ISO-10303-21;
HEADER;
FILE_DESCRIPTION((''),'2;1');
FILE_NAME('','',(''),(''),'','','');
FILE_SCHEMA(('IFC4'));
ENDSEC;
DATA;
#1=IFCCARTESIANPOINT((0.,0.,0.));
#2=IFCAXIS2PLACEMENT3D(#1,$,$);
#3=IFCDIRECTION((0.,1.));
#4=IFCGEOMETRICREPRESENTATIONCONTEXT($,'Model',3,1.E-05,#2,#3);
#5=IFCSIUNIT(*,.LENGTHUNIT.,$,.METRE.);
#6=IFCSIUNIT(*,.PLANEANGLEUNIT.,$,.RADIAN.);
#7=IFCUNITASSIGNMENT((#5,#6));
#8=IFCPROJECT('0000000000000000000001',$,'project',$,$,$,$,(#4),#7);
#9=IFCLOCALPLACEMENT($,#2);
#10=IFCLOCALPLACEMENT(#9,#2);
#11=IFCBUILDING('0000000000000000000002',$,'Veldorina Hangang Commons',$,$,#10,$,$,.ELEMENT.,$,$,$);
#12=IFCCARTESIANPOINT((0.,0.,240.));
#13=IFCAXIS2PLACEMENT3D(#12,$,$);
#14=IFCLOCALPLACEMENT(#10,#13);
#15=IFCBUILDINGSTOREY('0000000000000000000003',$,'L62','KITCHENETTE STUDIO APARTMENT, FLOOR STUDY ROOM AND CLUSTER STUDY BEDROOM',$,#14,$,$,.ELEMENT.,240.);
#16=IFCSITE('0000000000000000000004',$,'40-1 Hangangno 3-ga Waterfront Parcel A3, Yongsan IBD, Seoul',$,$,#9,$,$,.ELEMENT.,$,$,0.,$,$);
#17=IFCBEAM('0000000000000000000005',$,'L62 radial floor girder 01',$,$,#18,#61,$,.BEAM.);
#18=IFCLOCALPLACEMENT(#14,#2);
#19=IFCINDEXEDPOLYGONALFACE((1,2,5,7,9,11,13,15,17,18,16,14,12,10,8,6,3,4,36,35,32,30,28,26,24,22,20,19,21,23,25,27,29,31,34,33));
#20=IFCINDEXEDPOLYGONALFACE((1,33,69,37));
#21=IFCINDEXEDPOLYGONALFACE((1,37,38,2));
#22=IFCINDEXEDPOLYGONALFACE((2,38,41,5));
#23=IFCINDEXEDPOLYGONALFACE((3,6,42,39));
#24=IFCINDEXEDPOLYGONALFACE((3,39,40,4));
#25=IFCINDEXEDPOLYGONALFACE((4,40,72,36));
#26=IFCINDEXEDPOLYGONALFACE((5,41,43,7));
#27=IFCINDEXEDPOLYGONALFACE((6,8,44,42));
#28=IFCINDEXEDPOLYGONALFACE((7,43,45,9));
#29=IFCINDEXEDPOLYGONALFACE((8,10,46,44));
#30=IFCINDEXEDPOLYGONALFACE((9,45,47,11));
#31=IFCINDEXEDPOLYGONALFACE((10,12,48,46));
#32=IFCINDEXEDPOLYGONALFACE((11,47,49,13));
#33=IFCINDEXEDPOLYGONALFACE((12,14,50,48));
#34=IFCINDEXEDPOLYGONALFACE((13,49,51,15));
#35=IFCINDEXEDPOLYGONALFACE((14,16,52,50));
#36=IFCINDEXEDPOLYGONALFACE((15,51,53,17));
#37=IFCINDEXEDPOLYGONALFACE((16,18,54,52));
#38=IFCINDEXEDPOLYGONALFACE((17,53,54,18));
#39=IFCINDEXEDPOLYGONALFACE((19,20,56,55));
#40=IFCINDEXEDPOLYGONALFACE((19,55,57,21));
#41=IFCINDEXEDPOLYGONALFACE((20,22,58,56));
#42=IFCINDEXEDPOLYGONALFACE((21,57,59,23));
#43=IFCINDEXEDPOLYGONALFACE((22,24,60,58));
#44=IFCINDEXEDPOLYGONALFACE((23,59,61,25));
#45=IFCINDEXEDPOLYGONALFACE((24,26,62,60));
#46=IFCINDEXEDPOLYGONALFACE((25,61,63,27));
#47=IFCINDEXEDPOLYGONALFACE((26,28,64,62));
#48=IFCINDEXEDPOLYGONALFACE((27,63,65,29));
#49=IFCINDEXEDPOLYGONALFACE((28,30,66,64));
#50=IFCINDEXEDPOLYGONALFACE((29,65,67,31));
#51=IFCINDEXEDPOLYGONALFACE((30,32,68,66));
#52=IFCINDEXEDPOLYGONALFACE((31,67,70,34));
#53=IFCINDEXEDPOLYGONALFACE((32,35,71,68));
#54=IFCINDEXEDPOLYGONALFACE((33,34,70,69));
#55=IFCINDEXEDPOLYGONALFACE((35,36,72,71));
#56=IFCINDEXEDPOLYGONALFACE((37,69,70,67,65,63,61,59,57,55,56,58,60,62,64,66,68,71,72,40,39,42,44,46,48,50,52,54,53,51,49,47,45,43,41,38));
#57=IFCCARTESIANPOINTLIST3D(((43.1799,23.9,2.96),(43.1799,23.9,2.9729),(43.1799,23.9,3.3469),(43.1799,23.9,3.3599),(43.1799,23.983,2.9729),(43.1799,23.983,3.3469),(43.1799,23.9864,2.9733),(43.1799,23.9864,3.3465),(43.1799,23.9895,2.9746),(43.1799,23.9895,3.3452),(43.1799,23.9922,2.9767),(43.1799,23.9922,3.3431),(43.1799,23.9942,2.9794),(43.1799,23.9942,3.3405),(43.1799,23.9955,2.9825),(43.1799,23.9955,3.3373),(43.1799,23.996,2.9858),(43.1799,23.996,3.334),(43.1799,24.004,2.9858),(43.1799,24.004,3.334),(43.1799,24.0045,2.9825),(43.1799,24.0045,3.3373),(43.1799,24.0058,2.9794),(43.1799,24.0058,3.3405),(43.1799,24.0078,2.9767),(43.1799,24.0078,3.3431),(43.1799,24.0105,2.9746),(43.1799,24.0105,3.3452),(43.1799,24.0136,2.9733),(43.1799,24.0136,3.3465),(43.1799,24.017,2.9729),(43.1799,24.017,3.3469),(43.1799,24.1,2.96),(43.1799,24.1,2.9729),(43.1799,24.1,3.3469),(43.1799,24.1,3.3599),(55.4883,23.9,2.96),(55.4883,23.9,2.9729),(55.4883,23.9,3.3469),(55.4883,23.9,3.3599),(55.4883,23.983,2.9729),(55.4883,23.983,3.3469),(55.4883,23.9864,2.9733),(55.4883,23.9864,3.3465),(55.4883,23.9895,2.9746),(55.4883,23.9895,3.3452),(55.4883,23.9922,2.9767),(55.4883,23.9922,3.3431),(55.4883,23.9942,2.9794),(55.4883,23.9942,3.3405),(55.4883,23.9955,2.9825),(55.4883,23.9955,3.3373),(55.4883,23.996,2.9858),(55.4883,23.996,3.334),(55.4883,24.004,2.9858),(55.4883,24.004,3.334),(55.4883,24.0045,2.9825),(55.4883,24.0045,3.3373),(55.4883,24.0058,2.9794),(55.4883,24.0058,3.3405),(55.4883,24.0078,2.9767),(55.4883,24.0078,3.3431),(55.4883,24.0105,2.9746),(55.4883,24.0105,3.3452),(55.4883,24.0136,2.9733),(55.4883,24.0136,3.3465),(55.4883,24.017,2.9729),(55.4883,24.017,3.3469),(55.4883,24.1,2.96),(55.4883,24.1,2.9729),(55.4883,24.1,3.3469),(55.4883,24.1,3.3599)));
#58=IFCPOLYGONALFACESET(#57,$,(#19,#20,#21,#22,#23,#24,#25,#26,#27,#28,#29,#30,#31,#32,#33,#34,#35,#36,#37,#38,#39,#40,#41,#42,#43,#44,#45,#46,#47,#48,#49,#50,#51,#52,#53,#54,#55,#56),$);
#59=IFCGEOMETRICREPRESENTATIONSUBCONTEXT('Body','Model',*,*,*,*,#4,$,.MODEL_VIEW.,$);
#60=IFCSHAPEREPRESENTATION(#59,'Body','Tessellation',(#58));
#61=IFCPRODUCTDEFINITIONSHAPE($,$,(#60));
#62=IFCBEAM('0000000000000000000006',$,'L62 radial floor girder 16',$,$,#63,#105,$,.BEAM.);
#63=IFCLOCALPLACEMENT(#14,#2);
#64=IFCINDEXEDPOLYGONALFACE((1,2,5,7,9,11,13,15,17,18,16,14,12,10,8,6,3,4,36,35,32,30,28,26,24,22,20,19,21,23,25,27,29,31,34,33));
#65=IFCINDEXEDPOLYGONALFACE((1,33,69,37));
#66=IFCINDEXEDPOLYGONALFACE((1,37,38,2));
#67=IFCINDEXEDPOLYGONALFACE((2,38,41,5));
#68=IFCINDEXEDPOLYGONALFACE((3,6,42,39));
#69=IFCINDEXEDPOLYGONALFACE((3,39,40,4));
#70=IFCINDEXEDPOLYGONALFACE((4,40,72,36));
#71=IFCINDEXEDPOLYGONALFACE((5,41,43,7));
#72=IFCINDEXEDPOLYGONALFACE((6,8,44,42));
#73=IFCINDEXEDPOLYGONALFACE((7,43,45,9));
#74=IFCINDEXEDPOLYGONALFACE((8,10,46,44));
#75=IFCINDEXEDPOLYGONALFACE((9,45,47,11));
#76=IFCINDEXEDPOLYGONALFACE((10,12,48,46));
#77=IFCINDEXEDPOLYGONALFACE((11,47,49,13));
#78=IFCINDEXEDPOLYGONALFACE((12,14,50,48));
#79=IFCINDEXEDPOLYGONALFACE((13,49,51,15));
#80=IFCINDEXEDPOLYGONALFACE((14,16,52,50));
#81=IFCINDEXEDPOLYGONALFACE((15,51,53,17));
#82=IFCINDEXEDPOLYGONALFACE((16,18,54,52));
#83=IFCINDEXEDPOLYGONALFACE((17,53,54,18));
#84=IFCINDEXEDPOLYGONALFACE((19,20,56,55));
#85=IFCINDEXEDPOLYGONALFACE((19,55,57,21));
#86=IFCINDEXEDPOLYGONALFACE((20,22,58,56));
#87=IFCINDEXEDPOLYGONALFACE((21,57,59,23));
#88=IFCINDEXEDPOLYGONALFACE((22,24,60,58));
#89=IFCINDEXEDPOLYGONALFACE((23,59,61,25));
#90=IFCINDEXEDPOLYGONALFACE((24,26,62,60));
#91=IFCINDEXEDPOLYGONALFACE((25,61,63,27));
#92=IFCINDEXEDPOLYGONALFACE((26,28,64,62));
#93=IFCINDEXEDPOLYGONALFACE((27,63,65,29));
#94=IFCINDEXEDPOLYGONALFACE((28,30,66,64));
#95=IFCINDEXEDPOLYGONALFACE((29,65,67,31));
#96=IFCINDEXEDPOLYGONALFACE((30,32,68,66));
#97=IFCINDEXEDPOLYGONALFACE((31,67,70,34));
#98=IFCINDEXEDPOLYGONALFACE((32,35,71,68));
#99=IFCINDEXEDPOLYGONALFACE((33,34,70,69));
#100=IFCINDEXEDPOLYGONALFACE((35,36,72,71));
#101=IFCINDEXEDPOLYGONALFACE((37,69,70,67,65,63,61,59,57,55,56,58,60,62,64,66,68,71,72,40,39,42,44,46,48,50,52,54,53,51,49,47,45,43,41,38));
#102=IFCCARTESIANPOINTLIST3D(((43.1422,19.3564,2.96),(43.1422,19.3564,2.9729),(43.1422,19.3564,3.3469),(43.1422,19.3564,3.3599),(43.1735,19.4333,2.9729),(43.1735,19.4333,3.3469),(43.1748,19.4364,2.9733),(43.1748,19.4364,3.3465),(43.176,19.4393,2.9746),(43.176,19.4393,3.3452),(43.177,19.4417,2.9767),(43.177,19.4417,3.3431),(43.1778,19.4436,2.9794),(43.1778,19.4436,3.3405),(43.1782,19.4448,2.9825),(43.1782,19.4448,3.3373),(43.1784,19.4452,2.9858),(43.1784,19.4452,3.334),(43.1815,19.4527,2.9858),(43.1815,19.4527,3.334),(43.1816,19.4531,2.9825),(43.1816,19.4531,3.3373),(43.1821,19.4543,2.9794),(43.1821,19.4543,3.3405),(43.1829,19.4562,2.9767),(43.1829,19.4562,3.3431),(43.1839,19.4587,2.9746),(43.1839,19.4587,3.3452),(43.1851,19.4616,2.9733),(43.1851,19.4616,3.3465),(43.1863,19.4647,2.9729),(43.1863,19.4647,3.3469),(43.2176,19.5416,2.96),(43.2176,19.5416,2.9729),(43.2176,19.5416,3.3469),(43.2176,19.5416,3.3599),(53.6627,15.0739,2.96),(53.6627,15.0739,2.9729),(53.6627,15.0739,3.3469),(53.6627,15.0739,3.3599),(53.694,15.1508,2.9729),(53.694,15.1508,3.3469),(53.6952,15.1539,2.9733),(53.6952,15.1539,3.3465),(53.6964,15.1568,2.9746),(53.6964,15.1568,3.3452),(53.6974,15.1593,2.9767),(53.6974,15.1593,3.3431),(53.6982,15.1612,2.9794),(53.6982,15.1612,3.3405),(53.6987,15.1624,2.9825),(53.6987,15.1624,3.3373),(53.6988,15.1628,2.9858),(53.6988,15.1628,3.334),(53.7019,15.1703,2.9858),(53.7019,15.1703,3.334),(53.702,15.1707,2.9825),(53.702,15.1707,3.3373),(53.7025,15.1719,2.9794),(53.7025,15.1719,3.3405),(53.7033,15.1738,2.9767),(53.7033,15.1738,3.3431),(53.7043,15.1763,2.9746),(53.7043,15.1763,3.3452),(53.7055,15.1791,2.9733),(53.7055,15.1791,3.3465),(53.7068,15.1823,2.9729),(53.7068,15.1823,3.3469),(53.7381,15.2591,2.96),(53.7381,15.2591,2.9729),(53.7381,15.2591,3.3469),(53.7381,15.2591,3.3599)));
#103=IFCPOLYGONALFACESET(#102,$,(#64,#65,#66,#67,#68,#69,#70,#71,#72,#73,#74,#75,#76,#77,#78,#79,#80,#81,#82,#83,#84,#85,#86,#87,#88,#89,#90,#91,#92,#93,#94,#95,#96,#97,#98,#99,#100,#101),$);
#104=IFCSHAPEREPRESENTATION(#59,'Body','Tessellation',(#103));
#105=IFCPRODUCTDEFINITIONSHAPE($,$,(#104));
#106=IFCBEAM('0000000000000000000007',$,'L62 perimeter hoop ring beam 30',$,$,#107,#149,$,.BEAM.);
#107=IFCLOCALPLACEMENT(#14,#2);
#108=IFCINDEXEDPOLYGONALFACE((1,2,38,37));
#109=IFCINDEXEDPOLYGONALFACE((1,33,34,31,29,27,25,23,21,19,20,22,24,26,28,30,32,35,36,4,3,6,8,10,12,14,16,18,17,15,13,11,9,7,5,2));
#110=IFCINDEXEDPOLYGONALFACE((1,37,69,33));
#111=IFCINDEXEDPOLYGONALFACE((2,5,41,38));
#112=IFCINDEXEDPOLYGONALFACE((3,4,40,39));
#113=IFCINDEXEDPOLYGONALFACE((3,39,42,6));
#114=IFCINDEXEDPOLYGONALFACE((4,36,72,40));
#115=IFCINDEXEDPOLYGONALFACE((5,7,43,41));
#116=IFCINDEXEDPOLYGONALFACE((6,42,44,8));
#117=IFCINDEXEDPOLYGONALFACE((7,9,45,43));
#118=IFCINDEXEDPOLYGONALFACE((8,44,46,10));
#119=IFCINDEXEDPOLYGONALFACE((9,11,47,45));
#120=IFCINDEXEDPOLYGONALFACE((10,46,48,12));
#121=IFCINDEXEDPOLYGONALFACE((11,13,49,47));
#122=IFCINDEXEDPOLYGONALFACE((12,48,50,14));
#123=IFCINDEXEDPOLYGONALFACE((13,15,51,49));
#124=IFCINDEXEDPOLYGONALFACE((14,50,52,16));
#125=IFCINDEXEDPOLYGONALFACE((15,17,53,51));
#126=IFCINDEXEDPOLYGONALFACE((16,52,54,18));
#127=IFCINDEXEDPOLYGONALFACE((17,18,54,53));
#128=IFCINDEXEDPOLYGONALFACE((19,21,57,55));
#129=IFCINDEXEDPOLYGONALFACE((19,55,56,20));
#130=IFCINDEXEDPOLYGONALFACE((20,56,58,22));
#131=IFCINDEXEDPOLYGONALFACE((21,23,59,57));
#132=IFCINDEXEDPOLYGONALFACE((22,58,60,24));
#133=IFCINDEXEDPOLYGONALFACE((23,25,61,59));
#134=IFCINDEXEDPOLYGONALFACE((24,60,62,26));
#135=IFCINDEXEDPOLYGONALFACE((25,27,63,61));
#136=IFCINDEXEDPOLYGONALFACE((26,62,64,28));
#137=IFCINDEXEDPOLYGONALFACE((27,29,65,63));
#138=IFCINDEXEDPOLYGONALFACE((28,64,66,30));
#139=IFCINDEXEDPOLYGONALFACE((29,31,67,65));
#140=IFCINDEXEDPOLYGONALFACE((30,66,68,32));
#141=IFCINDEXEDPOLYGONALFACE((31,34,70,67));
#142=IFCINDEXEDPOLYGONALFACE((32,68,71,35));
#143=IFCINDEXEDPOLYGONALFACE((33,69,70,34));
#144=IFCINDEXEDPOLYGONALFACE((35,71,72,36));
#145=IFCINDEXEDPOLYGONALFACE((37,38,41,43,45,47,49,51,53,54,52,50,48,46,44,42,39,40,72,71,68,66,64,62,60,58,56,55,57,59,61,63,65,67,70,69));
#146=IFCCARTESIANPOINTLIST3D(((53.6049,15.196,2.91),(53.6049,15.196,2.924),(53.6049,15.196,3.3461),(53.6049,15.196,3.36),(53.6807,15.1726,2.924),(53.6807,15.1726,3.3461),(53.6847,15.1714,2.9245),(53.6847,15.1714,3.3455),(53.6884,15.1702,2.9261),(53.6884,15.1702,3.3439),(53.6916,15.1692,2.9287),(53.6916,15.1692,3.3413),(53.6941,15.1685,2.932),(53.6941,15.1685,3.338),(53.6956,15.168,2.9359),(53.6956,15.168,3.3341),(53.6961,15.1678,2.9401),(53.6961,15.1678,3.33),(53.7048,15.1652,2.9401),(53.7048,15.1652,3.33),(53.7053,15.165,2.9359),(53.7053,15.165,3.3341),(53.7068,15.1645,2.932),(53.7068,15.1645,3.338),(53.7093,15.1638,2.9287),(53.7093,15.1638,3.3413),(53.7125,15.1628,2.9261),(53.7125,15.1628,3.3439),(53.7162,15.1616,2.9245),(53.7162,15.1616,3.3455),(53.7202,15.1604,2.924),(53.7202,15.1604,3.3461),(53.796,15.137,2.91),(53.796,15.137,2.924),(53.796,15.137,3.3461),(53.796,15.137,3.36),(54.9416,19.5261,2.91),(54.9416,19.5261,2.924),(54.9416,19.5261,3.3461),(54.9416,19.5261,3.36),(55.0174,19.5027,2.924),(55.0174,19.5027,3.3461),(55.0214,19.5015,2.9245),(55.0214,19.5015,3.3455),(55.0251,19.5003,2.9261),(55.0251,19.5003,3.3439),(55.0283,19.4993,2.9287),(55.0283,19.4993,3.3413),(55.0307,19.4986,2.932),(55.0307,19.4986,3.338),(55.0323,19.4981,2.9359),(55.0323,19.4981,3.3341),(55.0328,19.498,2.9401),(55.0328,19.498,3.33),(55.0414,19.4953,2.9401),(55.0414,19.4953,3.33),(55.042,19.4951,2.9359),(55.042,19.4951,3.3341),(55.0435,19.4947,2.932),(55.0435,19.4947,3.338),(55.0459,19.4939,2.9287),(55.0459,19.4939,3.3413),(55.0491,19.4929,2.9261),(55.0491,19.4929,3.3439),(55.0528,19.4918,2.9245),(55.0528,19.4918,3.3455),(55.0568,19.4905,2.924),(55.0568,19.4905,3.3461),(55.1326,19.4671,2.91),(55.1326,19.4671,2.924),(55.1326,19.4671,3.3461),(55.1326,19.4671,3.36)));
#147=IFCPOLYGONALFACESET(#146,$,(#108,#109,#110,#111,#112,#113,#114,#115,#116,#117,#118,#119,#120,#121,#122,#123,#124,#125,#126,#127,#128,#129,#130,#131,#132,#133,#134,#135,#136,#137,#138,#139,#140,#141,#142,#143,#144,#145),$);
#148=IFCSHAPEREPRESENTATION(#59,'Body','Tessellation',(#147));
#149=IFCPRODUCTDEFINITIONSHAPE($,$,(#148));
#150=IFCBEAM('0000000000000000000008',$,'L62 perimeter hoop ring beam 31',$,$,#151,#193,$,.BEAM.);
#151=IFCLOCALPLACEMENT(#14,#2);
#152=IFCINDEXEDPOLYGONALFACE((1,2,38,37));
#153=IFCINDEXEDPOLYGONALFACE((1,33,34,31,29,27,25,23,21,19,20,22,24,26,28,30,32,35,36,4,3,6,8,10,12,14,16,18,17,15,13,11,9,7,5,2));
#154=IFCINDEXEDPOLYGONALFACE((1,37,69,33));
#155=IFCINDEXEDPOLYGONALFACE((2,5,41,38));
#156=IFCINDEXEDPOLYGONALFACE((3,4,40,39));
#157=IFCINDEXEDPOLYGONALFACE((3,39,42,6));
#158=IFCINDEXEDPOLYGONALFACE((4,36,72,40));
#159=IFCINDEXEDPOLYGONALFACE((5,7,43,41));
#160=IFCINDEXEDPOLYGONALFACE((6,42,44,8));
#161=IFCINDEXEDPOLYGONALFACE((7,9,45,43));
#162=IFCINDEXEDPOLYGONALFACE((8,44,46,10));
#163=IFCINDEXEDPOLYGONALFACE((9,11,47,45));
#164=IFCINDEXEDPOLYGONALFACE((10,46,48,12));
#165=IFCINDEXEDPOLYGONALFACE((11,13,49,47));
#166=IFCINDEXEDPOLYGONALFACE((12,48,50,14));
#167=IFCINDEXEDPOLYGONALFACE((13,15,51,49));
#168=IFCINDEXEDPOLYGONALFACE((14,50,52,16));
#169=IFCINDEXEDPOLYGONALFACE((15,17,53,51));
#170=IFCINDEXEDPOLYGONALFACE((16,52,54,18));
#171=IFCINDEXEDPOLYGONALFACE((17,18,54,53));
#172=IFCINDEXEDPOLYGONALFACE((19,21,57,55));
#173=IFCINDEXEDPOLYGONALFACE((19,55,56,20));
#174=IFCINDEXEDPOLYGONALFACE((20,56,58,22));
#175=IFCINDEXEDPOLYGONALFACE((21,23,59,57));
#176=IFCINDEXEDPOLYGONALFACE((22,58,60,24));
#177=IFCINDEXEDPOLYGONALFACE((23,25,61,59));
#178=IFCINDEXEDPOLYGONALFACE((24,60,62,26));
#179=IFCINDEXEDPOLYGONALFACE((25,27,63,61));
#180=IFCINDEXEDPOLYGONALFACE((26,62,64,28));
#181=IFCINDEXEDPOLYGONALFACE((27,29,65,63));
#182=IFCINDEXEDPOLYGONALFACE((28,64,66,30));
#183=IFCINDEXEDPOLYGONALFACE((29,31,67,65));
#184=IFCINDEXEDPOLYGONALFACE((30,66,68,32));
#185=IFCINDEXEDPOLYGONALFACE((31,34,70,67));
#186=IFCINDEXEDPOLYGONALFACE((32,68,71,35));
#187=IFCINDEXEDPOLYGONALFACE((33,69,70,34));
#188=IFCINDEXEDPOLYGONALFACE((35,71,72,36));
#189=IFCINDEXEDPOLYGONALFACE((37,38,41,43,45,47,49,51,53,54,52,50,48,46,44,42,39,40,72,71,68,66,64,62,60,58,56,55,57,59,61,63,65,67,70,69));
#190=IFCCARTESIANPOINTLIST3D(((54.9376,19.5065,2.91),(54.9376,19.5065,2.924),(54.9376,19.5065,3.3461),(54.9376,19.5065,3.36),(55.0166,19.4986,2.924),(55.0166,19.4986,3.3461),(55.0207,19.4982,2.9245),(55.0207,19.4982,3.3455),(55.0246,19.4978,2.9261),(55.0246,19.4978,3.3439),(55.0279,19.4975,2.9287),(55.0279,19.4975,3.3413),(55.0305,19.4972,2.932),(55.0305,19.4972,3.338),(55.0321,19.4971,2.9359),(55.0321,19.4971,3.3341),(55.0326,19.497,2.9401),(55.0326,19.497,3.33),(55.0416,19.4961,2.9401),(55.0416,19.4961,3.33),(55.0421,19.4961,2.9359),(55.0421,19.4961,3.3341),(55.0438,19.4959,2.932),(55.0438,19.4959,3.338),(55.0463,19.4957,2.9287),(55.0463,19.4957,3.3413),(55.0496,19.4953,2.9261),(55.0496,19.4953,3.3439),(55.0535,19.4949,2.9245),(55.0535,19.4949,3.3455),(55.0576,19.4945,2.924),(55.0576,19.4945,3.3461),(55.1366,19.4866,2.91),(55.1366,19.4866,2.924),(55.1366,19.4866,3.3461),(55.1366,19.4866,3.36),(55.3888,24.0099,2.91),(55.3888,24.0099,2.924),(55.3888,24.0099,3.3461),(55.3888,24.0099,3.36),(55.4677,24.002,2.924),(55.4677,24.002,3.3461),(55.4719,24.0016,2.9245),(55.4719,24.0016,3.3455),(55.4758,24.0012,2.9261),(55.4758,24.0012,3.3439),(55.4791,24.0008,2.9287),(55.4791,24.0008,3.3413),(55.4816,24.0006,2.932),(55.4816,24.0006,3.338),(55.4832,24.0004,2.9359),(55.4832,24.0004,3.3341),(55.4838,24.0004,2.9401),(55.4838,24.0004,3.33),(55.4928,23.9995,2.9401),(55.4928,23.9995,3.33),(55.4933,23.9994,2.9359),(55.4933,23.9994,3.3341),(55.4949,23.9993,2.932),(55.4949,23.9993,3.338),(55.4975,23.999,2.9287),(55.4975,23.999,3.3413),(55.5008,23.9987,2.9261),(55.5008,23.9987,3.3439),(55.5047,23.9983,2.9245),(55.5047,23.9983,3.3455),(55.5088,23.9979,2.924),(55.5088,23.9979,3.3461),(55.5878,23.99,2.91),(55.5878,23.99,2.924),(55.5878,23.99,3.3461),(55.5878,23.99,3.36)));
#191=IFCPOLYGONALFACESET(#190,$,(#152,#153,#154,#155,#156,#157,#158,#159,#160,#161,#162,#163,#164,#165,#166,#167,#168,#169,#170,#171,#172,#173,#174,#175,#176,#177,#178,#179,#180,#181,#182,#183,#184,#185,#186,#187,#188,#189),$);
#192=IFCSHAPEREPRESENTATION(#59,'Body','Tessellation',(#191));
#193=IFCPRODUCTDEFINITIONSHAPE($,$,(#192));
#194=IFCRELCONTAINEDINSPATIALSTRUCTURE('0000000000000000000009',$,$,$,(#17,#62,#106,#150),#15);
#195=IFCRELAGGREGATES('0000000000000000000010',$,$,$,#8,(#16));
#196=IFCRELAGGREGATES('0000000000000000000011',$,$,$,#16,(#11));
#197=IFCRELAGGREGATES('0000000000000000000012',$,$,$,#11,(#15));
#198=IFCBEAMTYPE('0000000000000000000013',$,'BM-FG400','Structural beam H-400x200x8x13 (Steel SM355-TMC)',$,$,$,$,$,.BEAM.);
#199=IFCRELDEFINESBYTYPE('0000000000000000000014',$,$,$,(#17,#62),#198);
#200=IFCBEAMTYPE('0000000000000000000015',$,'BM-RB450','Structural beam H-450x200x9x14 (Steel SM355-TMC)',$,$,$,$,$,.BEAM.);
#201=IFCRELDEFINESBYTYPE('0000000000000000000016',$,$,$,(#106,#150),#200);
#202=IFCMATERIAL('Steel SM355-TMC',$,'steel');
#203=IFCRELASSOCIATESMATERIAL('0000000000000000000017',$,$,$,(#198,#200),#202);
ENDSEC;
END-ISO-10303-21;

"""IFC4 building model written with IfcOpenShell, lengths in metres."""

from ifc_helpers import new_model, si_unit, direction, frame, origin, origin_2d, place, context, subcontext, project, spatial, i_section, extrude, material, material_profile, profile_set, type_object, element, save


model = new_model("IFC4")

# Units and contexts
model_context = context("Model", 3, precision=1e-05, world=origin(), true_north=direction((0.0, 1.0)))
body_context = subcontext(model_context, "Body", "Model", "MODEL_VIEW")
ifc_project = project(units=[si_unit("LENGTHUNIT", "METRE"), si_unit("PLANEANGLEUNIT", "RADIAN")], contexts=[model_context])

# Site, building, storey
site_placement = place(None, origin())
site = spatial("IfcSite", under=ifc_project, at=site_placement, Name="40-1 Hangangno 3-ga Waterfront Parcel A3, Yongsan IBD, Seoul", CompositionType="ELEMENT", RefElevation=0.0)
building_placement = place(site_placement, origin())
building = spatial("IfcBuilding", under=site, at=building_placement, Name="Veldorina Hangang Commons", CompositionType="ELEMENT")
storey_placement = place(building_placement, frame((0.0, 0.0, 240.0)))
storey = spatial("IfcBuildingStorey", under=building, at=storey_placement, Name="L62", Description="KITCHENETTE STUDIO APARTMENT, FLOOR STUDY ROOM AND CLUSTER STUDY BEDROOM", CompositionType="ELEMENT", Elevation=240.0)

# Beams
ifc_material_1 = material(Name="Steel SM355-TMC", Category="steel")
ifc_material_profile_1 = material_profile(ifc_material_1, i_section(OverallWidth=0.2, OverallDepth=0.3999, WebThickness=0.0081, FlangeThickness=0.0129, FilletRadius=0.0129, at=origin_2d()), Name="H-400x200x8x13")
ifc_profile_set_1 = profile_set([ifc_material_profile_1], Name="Steel SM355-TMC")
beam_type_1 = type_object("IfcBeamType", Name="BM-FG400", Description="Structural beam H-400x200x8x13 (Steel SM355-TMC)", PredefinedType="BEAM", material=ifc_profile_set_1)
beam_1_placement = place(storey_placement, frame((43.1799, 24.0, 3.1599), z_axis=(1.0, 0.0, 0.0), x_axis=(0.0, 1.0, 0.0)))
element("IfcBeam", 1, at=beam_1_placement, inside=storey, type_object=beam_type_1, Name="L62 radial floor girder 01", PredefinedType="BEAM", context=body_context, shape_type="SweptSolid", body=[
    extrude(i_section(OverallWidth=0.2, OverallDepth=0.3999, WebThickness=0.0081, FlangeThickness=0.0129, FilletRadius=0.0129, at=origin_2d()), origin(), (0.0, 0.0, 1.0), 12.3083),
])
beam_2_placement = place(storey_placement, frame((43.1799, 19.449, 3.1599), z_axis=(0.926205, -0.37702, 0.0), x_axis=(0.37702, 0.926205, 0.0)))
element("IfcBeam", 2, at=beam_2_placement, inside=storey, type_object=beam_type_1, Name="L62 radial floor girder 16", PredefinedType="BEAM", context=body_context, shape_type="SweptSolid", body=[
    extrude(i_section(OverallWidth=0.2, OverallDepth=0.3999, WebThickness=0.0081, FlangeThickness=0.0129, FilletRadius=0.0129, at=origin_2d()), origin(), (0.0, 0.0, 1.0), 11.3586),
])
ifc_material_profile_2 = material_profile(ifc_material_1, i_section(OverallWidth=0.2, OverallDepth=0.45, WebThickness=0.009, FlangeThickness=0.0139, FilletRadius=0.0161, at=origin_2d()), Name="H-450x200x9x14")
ifc_profile_set_2 = profile_set([ifc_material_profile_2], Name="Steel SM355-TMC")
beam_type_2 = type_object("IfcBeamType", Name="BM-RB450", Description="Structural beam H-450x200x9x14 (Steel SM355-TMC)", PredefinedType="BEAM", material=ifc_profile_set_2)
beam_3_placement = place(storey_placement, frame((53.7004, 15.1665, 3.135), z_axis=(0.29496, 0.95551, 0.0), x_axis=(-0.95551, 0.29496, 0.0)))
element("IfcBeam", 3, at=beam_3_placement, inside=storey, type_object=beam_type_2, Name="L62 perimeter hoop ring beam 30", PredefinedType="BEAM", context=body_context, shape_type="SweptSolid", body=[
    extrude(i_section(OverallWidth=0.2, OverallDepth=0.45, WebThickness=0.009, FlangeThickness=0.0139, FilletRadius=0.0161, at=origin_2d()), origin(), (0.0, 0.0, 1.0), 4.5317),
])
beam_4_placement = place(storey_placement, frame((55.0371, 19.4966, 3.135), z_axis=(0.099685, 0.995019, 0.0), x_axis=(-0.995019, 0.099685, 0.0)))
element("IfcBeam", 4, at=beam_4_placement, inside=storey, type_object=beam_type_2, Name="L62 perimeter hoop ring beam 31", PredefinedType="BEAM", context=body_context, shape_type="SweptSolid", body=[
    extrude(i_section(OverallWidth=0.2, OverallDepth=0.45, WebThickness=0.009, FlangeThickness=0.0139, FilletRadius=0.0161, at=origin_2d()), origin(), (0.0, 0.0, 1.0), 4.5259),
])

save(model, "model.ifc")
